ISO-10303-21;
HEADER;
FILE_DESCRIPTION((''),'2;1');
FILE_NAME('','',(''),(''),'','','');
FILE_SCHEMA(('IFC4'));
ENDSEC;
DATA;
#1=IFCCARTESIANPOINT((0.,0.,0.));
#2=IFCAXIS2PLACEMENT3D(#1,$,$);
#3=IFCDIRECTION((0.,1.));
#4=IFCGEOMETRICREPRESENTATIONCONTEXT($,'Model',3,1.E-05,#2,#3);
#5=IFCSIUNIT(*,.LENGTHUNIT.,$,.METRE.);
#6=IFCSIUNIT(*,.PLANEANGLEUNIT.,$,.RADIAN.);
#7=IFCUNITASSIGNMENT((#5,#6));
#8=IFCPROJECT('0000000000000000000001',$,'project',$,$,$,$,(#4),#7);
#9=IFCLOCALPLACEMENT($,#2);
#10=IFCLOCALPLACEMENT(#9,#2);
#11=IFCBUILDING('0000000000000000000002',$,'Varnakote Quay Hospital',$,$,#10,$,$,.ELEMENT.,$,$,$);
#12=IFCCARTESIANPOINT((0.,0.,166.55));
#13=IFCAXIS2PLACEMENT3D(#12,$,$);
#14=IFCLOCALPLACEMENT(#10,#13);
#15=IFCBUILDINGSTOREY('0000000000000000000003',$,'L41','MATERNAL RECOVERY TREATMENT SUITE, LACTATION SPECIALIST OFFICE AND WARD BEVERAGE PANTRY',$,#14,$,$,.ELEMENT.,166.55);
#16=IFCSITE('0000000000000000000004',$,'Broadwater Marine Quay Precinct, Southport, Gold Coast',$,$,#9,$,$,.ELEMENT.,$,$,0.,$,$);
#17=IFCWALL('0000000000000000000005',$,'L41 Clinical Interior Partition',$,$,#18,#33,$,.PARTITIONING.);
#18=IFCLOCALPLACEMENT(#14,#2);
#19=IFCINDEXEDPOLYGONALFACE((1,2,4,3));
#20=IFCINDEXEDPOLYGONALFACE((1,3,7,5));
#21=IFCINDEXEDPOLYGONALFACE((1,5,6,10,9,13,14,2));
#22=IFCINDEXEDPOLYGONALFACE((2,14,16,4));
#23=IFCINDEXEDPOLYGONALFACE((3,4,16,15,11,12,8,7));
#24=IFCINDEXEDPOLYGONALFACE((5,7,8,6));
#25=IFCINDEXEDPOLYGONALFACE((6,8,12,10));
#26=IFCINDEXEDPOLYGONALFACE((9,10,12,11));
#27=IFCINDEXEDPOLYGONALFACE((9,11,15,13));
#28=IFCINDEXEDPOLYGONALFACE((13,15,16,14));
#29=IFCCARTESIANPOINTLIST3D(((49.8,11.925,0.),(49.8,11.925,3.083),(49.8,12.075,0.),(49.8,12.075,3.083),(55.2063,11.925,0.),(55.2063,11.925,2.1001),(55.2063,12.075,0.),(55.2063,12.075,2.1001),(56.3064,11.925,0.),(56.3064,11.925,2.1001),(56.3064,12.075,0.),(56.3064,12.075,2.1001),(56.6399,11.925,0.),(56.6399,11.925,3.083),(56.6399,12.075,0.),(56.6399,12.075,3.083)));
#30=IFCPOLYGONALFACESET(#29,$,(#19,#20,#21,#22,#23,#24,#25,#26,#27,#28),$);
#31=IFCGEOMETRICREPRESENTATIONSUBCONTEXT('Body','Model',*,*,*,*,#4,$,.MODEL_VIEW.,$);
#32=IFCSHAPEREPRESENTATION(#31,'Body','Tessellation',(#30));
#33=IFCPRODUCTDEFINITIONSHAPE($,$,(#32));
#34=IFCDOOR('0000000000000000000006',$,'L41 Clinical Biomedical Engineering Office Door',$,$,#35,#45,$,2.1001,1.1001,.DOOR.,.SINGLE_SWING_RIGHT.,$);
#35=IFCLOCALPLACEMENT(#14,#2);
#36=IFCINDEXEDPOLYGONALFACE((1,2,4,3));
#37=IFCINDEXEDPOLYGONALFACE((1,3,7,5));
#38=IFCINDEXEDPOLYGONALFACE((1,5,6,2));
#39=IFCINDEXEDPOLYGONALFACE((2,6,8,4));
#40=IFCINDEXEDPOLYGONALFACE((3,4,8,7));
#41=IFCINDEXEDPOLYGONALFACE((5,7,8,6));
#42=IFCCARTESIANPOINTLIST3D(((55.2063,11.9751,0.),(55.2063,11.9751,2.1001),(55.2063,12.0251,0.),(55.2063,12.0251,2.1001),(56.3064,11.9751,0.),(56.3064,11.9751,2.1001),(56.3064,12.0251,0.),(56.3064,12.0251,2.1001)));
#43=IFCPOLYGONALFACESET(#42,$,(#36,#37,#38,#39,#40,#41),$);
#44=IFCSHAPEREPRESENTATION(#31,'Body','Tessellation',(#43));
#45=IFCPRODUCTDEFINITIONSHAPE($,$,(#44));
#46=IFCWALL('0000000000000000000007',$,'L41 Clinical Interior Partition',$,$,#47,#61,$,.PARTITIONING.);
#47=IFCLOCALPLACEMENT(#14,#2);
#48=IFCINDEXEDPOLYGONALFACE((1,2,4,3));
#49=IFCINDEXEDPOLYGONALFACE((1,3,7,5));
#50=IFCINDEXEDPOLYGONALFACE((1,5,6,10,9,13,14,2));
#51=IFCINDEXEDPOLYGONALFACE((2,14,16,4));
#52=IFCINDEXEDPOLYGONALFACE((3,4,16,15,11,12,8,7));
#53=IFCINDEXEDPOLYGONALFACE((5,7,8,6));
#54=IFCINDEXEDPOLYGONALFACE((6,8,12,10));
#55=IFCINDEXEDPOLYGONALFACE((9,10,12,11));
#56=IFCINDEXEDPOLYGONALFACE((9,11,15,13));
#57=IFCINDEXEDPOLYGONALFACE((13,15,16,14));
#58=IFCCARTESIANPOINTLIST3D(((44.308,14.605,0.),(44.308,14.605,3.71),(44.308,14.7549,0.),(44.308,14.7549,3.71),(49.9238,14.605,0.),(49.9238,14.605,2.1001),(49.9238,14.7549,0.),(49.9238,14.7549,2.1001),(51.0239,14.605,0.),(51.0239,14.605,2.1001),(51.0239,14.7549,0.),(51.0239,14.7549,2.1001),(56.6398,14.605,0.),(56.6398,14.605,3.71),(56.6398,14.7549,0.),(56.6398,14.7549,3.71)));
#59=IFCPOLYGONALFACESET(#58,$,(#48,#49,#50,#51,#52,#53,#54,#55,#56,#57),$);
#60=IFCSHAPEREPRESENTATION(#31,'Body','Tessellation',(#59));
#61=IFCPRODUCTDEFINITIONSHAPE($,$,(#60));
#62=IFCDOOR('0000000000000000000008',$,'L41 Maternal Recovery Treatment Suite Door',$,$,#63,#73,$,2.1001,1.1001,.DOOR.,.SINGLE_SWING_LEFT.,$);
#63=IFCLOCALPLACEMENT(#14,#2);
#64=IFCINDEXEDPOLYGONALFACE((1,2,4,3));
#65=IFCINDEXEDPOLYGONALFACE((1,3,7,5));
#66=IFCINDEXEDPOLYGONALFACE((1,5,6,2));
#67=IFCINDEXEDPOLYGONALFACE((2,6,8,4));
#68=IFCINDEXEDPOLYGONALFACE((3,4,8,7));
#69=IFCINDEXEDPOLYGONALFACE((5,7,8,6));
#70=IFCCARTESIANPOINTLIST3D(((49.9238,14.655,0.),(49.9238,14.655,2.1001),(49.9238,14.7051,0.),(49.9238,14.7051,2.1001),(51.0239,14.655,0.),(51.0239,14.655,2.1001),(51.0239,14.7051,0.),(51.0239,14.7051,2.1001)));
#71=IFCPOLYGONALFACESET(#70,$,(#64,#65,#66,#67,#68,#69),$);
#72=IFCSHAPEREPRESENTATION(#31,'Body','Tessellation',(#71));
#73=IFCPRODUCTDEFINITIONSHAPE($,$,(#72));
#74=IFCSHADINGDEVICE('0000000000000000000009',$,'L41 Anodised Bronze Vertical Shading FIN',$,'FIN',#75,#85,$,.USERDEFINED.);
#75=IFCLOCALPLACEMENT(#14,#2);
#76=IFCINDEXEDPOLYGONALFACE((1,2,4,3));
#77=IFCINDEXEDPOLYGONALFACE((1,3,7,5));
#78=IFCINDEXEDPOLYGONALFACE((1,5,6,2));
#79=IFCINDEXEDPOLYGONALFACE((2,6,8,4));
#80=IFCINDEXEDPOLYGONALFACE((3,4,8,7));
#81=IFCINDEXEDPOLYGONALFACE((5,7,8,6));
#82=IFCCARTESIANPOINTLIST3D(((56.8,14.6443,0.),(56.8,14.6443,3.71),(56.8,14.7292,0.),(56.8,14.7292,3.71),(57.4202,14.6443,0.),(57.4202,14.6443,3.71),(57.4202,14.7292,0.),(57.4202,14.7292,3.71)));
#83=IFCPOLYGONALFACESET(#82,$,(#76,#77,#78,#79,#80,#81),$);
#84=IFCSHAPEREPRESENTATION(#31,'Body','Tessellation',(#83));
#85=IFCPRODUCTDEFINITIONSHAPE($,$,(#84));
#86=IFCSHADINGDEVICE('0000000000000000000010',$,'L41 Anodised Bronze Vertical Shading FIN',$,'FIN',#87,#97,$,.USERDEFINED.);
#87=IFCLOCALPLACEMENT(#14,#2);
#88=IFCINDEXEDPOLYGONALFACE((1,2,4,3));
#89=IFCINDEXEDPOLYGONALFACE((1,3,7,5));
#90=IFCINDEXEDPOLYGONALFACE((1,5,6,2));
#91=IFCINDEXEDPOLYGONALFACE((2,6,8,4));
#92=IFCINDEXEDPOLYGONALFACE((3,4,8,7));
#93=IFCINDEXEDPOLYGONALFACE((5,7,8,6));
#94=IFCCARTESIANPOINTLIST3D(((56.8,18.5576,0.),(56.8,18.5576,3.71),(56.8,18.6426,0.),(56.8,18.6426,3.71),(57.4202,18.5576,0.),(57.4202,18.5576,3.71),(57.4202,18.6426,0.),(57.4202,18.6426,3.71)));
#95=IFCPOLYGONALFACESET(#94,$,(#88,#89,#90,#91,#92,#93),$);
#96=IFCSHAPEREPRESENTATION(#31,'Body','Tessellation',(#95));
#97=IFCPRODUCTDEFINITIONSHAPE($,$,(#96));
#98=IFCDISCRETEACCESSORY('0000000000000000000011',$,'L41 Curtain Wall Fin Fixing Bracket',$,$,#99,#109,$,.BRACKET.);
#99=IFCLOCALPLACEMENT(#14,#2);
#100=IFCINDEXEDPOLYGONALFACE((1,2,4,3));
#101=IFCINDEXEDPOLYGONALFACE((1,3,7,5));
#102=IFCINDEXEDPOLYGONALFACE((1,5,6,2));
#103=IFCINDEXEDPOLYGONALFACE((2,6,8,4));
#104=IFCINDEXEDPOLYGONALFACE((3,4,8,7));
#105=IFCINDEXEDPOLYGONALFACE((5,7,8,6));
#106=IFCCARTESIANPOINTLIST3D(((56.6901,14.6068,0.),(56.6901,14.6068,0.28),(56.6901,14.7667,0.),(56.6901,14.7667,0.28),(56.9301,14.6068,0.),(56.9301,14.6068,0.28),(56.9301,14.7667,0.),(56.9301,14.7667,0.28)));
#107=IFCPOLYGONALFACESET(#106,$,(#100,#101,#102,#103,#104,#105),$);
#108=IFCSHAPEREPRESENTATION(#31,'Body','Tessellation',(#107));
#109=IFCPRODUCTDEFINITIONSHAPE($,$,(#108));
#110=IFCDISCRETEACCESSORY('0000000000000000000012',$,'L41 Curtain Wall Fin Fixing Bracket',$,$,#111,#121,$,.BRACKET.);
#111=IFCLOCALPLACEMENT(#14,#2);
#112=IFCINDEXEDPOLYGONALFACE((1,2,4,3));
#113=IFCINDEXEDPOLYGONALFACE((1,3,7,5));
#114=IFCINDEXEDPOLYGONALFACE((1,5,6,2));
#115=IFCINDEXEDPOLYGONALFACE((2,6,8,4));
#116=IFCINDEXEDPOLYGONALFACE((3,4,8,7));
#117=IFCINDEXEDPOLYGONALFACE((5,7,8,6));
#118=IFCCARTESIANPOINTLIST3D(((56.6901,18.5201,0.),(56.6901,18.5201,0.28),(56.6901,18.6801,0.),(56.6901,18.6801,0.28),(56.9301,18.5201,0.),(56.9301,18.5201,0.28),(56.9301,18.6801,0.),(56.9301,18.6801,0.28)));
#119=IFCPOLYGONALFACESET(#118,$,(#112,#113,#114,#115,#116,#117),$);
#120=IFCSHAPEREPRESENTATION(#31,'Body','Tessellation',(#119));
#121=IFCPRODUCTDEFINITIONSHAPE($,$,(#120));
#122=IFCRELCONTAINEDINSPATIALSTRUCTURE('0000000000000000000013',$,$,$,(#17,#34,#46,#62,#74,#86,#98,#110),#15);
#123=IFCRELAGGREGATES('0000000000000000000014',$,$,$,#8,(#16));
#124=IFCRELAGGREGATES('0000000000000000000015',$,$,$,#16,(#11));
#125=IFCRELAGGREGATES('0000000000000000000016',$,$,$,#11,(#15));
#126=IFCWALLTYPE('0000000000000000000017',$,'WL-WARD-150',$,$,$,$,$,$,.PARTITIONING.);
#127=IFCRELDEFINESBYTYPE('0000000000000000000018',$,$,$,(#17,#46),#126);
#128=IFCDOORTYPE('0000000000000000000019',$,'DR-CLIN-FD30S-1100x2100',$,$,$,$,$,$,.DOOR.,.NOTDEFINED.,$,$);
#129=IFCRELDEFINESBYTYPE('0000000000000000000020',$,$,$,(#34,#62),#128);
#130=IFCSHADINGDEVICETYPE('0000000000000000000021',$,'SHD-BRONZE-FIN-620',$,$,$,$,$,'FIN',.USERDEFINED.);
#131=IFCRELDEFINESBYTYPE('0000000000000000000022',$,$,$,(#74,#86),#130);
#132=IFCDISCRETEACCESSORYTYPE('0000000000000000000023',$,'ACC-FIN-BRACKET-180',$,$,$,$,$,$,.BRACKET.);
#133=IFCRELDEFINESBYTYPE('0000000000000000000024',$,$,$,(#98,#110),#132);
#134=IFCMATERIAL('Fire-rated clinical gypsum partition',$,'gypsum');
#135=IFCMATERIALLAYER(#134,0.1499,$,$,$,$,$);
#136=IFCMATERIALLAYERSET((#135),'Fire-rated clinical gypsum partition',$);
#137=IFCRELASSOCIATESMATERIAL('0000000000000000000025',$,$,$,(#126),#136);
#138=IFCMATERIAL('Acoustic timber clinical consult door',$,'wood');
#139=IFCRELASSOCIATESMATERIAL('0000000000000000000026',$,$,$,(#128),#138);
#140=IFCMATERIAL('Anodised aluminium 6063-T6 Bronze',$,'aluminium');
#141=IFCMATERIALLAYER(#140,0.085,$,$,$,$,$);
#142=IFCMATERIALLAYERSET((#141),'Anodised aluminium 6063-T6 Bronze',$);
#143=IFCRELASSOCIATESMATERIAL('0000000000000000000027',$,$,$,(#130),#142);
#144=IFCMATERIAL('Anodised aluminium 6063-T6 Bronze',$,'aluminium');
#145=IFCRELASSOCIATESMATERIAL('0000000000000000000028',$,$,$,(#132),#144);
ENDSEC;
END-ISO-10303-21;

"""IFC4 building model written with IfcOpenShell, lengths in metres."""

from ifc_helpers import new_model, si_unit, direction, frame, frame_2d, origin, origin_2d, place, context, subcontext, project, spatial, rectangle, extrude, material, layer, layer_set, type_object, element, fill, save


model = new_model("IFC4")

# Units and contexts
model_context = context("Model", 3, precision=1e-05, world=origin(), true_north=direction((0.0, 1.0)))
body_context = subcontext(model_context, "Body", "Model", "MODEL_VIEW")
ifc_project = project(units=[si_unit("LENGTHUNIT", "METRE"), si_unit("PLANEANGLEUNIT", "RADIAN")], contexts=[model_context])

# Site, building, storey
site_placement = place(None, origin())
site = spatial("IfcSite", under=ifc_project, at=site_placement, Name="Broadwater Marine Quay Precinct, Southport, Gold Coast", CompositionType="ELEMENT", RefElevation=0.0)
building_placement = place(site_placement, origin())
building = spatial("IfcBuilding", under=site, at=building_placement, Name="Varnakote Quay Hospital", CompositionType="ELEMENT")
storey_placement = place(building_placement, frame((0.0, 0.0, 166.55)))
storey = spatial("IfcBuildingStorey", under=building, at=storey_placement, Name="L41", Description="MATERNAL RECOVERY TREATMENT SUITE, LACTATION SPECIALIST OFFICE AND WARD BEVERAGE PANTRY", CompositionType="ELEMENT", Elevation=166.55)

# Walls, openings, doors
ifc_material_1 = material(Name="Fire-rated clinical gypsum partition", Category="gypsum")
ifc_layer_1 = layer(ifc_material_1, 0.1499)
ifc_layer_set_1 = layer_set([ifc_layer_1], Name="Fire-rated clinical gypsum partition")
wall_type = type_object("IfcWallType", Name="WL-WARD-150", PredefinedType="PARTITIONING", material=ifc_layer_set_1)
wall_1_placement = place(storey_placement, frame((56.6399, 12.0, 0.0), z_axis=(0.0, 0.0, 1.0), x_axis=(-1.0, 0.0, 0.0)))
wall_1 = element("IfcWall", 1, at=wall_1_placement, inside=storey, type_object=wall_type, Name="L41 Clinical Interior Partition", PredefinedType="PARTITIONING", context=body_context, shape_type="SweptSolid", body=[
    extrude(rectangle(XDim=6.8398, YDim=0.1499, at=frame_2d((3.4199, 0.0))), origin(), (0.0, 0.0, 1.0), 3.083),
])
opening_1_placement = place(wall_1_placement, frame((0.3335, 0.0, 0.0)))
opening_1 = element("IfcOpeningElement", 2, at=opening_1_placement, cuts=wall_1, PredefinedType="OPENING", context=body_context, shape_type="SweptSolid", body=[
    extrude(rectangle(XDim=1.1001, YDim=2.1001, at=frame_2d((0.55, 1.05))), frame((0.0, 0.085, 0.0), z_axis=(0.0, -1.0, 0.0), x_axis=(1.0, 0.0, 0.0)), (0.0, 0.0, 1.0), 0.1699),
])
ifc_material_2 = material(Name="Acoustic timber clinical consult door", Category="wood")
door_type = type_object("IfcDoorType", Name="DR-CLIN-FD30S-1100x2100", OperationType="NOTDEFINED", PredefinedType="DOOR", material=ifc_material_2)
door_1_placement = place(opening_1_placement, origin())
door_1 = element("IfcDoor", 3, at=door_1_placement, inside=storey, type_object=door_type, Name="L41 Clinical Biomedical Engineering Office Door", OperationType="SINGLE_SWING_RIGHT", OverallHeight=2.1001, OverallWidth=1.1001, PredefinedType="DOOR", context=body_context, shape_type="SweptSolid", body=[
    extrude(rectangle(XDim=1.1001, YDim=2.1001, at=frame_2d((0.55, 1.05))), frame((0.0, 0.0249, 0.0), z_axis=(0.0, -1.0, 0.0), x_axis=(1.0, 0.0, 0.0)), (0.0, 0.0, 1.0), 0.05),
])
fill(opening_1, door_1)
wall_2_placement = place(storey_placement, frame((56.6399, 14.6799, 0.0), z_axis=(0.0, 0.0, 1.0), x_axis=(-1.0, 0.0, 0.0)))
wall_2 = element("IfcWall", 4, at=wall_2_placement, inside=storey, type_object=wall_type, Name="L41 Clinical Interior Partition", PredefinedType="PARTITIONING", context=body_context, shape_type="SweptSolid", body=[
    extrude(rectangle(XDim=12.3318, YDim=0.1499, at=frame_2d((6.166, 0.0))), origin(), (0.0, 0.0, 1.0), 3.71),
])
opening_2_placement = place(wall_2_placement, frame((5.616, 0.0, 0.0)))
opening_2 = element("IfcOpeningElement", 5, at=opening_2_placement, cuts=wall_2, PredefinedType="OPENING", context=body_context, shape_type="SweptSolid", body=[
    extrude(rectangle(XDim=1.1001, YDim=2.1001, at=frame_2d((0.55, 1.05))), frame((0.0, 0.085, 0.0), z_axis=(0.0, -1.0, 0.0), x_axis=(1.0, 0.0, 0.0)), (0.0, 0.0, 1.0), 0.1699),
])
door_2_placement = place(opening_2_placement, origin())
door_2 = element("IfcDoor", 6, at=door_2_placement, inside=storey, type_object=door_type, Name="L41 Maternal Recovery Treatment Suite Door", OperationType="SINGLE_SWING_LEFT", OverallHeight=2.1001, OverallWidth=1.1001, PredefinedType="DOOR", context=body_context, shape_type="SweptSolid", body=[
    extrude(rectangle(XDim=1.1001, YDim=2.1001, at=frame_2d((0.55, 1.05))), frame((0.0, 0.0249, 0.0), z_axis=(0.0, -1.0, 0.0), x_axis=(1.0, 0.0, 0.0)), (0.0, 0.0, 1.0), 0.05),
])
fill(opening_2, door_2)

# Shading devices
ifc_material_3 = material(Name="Anodised aluminium 6063-T6 Bronze", Category="aluminium")
ifc_layer_2 = layer(ifc_material_3, 0.085)
ifc_layer_set_2 = layer_set([ifc_layer_2], Name="Anodised aluminium 6063-T6 Bronze")
shading_device_type = type_object("IfcShadingDeviceType", Name="SHD-BRONZE-FIN-620", ElementType="FIN", PredefinedType="USERDEFINED", material=ifc_layer_set_2)
for number, where, z_axis, x_axis, name in (
    (7, (57.1101, 14.6868, 0.0), (0.0, 0.0, 1.0), (-1.0, 0.0, 0.0), "L41 Anodised Bronze Vertical Shading FIN"),
    (8, (57.1101, 18.6001, 0.0), (0.0, 0.0, 1.0), (-1.0, 0.0, 0.0), "L41 Anodised Bronze Vertical Shading FIN"),
):
    element("IfcShadingDevice", number, at=place(storey_placement, frame(where, z_axis=z_axis, x_axis=x_axis)), inside=storey, type_object=shading_device_type, Name=name, ObjectType="FIN", PredefinedType="USERDEFINED", context=body_context, shape_type="SweptSolid", body=[
        extrude(rectangle(XDim=0.6201, YDim=0.085, at=origin_2d()), origin(), (0.0, 0.0, 1.0), 3.71),
    ])

# Discrete accessories
ifc_material_4 = material(Name="Anodised aluminium 6063-T6 Bronze", Category="aluminium")
discrete_accessory_type = type_object("IfcDiscreteAccessoryType", Name="ACC-FIN-BRACKET-180", PredefinedType="BRACKET", material=ifc_material_4)
for number, where, z_axis, x_axis, name in (
    (9, (56.8101, 14.6868, 0.0), (0.0, 0.0, 1.0), (0.0, 1.0, 0.0), "L41 Curtain Wall Fin Fixing Bracket"),
    (10, (56.8101, 18.6001, 0.0), (0.0, 0.0, 1.0), (0.0, 1.0, 0.0), "L41 Curtain Wall Fin Fixing Bracket"),
):
    element("IfcDiscreteAccessory", number, at=place(storey_placement, frame(where, z_axis=z_axis, x_axis=x_axis)), inside=storey, type_object=discrete_accessory_type, Name=name, PredefinedType="BRACKET", context=body_context, shape_type="SweptSolid", body=[
        extrude(rectangle(XDim=0.1599, YDim=0.24, at=origin_2d()), origin(), (0.0, 0.0, 1.0), 0.28),
    ])

save(model, "model.ifc")
